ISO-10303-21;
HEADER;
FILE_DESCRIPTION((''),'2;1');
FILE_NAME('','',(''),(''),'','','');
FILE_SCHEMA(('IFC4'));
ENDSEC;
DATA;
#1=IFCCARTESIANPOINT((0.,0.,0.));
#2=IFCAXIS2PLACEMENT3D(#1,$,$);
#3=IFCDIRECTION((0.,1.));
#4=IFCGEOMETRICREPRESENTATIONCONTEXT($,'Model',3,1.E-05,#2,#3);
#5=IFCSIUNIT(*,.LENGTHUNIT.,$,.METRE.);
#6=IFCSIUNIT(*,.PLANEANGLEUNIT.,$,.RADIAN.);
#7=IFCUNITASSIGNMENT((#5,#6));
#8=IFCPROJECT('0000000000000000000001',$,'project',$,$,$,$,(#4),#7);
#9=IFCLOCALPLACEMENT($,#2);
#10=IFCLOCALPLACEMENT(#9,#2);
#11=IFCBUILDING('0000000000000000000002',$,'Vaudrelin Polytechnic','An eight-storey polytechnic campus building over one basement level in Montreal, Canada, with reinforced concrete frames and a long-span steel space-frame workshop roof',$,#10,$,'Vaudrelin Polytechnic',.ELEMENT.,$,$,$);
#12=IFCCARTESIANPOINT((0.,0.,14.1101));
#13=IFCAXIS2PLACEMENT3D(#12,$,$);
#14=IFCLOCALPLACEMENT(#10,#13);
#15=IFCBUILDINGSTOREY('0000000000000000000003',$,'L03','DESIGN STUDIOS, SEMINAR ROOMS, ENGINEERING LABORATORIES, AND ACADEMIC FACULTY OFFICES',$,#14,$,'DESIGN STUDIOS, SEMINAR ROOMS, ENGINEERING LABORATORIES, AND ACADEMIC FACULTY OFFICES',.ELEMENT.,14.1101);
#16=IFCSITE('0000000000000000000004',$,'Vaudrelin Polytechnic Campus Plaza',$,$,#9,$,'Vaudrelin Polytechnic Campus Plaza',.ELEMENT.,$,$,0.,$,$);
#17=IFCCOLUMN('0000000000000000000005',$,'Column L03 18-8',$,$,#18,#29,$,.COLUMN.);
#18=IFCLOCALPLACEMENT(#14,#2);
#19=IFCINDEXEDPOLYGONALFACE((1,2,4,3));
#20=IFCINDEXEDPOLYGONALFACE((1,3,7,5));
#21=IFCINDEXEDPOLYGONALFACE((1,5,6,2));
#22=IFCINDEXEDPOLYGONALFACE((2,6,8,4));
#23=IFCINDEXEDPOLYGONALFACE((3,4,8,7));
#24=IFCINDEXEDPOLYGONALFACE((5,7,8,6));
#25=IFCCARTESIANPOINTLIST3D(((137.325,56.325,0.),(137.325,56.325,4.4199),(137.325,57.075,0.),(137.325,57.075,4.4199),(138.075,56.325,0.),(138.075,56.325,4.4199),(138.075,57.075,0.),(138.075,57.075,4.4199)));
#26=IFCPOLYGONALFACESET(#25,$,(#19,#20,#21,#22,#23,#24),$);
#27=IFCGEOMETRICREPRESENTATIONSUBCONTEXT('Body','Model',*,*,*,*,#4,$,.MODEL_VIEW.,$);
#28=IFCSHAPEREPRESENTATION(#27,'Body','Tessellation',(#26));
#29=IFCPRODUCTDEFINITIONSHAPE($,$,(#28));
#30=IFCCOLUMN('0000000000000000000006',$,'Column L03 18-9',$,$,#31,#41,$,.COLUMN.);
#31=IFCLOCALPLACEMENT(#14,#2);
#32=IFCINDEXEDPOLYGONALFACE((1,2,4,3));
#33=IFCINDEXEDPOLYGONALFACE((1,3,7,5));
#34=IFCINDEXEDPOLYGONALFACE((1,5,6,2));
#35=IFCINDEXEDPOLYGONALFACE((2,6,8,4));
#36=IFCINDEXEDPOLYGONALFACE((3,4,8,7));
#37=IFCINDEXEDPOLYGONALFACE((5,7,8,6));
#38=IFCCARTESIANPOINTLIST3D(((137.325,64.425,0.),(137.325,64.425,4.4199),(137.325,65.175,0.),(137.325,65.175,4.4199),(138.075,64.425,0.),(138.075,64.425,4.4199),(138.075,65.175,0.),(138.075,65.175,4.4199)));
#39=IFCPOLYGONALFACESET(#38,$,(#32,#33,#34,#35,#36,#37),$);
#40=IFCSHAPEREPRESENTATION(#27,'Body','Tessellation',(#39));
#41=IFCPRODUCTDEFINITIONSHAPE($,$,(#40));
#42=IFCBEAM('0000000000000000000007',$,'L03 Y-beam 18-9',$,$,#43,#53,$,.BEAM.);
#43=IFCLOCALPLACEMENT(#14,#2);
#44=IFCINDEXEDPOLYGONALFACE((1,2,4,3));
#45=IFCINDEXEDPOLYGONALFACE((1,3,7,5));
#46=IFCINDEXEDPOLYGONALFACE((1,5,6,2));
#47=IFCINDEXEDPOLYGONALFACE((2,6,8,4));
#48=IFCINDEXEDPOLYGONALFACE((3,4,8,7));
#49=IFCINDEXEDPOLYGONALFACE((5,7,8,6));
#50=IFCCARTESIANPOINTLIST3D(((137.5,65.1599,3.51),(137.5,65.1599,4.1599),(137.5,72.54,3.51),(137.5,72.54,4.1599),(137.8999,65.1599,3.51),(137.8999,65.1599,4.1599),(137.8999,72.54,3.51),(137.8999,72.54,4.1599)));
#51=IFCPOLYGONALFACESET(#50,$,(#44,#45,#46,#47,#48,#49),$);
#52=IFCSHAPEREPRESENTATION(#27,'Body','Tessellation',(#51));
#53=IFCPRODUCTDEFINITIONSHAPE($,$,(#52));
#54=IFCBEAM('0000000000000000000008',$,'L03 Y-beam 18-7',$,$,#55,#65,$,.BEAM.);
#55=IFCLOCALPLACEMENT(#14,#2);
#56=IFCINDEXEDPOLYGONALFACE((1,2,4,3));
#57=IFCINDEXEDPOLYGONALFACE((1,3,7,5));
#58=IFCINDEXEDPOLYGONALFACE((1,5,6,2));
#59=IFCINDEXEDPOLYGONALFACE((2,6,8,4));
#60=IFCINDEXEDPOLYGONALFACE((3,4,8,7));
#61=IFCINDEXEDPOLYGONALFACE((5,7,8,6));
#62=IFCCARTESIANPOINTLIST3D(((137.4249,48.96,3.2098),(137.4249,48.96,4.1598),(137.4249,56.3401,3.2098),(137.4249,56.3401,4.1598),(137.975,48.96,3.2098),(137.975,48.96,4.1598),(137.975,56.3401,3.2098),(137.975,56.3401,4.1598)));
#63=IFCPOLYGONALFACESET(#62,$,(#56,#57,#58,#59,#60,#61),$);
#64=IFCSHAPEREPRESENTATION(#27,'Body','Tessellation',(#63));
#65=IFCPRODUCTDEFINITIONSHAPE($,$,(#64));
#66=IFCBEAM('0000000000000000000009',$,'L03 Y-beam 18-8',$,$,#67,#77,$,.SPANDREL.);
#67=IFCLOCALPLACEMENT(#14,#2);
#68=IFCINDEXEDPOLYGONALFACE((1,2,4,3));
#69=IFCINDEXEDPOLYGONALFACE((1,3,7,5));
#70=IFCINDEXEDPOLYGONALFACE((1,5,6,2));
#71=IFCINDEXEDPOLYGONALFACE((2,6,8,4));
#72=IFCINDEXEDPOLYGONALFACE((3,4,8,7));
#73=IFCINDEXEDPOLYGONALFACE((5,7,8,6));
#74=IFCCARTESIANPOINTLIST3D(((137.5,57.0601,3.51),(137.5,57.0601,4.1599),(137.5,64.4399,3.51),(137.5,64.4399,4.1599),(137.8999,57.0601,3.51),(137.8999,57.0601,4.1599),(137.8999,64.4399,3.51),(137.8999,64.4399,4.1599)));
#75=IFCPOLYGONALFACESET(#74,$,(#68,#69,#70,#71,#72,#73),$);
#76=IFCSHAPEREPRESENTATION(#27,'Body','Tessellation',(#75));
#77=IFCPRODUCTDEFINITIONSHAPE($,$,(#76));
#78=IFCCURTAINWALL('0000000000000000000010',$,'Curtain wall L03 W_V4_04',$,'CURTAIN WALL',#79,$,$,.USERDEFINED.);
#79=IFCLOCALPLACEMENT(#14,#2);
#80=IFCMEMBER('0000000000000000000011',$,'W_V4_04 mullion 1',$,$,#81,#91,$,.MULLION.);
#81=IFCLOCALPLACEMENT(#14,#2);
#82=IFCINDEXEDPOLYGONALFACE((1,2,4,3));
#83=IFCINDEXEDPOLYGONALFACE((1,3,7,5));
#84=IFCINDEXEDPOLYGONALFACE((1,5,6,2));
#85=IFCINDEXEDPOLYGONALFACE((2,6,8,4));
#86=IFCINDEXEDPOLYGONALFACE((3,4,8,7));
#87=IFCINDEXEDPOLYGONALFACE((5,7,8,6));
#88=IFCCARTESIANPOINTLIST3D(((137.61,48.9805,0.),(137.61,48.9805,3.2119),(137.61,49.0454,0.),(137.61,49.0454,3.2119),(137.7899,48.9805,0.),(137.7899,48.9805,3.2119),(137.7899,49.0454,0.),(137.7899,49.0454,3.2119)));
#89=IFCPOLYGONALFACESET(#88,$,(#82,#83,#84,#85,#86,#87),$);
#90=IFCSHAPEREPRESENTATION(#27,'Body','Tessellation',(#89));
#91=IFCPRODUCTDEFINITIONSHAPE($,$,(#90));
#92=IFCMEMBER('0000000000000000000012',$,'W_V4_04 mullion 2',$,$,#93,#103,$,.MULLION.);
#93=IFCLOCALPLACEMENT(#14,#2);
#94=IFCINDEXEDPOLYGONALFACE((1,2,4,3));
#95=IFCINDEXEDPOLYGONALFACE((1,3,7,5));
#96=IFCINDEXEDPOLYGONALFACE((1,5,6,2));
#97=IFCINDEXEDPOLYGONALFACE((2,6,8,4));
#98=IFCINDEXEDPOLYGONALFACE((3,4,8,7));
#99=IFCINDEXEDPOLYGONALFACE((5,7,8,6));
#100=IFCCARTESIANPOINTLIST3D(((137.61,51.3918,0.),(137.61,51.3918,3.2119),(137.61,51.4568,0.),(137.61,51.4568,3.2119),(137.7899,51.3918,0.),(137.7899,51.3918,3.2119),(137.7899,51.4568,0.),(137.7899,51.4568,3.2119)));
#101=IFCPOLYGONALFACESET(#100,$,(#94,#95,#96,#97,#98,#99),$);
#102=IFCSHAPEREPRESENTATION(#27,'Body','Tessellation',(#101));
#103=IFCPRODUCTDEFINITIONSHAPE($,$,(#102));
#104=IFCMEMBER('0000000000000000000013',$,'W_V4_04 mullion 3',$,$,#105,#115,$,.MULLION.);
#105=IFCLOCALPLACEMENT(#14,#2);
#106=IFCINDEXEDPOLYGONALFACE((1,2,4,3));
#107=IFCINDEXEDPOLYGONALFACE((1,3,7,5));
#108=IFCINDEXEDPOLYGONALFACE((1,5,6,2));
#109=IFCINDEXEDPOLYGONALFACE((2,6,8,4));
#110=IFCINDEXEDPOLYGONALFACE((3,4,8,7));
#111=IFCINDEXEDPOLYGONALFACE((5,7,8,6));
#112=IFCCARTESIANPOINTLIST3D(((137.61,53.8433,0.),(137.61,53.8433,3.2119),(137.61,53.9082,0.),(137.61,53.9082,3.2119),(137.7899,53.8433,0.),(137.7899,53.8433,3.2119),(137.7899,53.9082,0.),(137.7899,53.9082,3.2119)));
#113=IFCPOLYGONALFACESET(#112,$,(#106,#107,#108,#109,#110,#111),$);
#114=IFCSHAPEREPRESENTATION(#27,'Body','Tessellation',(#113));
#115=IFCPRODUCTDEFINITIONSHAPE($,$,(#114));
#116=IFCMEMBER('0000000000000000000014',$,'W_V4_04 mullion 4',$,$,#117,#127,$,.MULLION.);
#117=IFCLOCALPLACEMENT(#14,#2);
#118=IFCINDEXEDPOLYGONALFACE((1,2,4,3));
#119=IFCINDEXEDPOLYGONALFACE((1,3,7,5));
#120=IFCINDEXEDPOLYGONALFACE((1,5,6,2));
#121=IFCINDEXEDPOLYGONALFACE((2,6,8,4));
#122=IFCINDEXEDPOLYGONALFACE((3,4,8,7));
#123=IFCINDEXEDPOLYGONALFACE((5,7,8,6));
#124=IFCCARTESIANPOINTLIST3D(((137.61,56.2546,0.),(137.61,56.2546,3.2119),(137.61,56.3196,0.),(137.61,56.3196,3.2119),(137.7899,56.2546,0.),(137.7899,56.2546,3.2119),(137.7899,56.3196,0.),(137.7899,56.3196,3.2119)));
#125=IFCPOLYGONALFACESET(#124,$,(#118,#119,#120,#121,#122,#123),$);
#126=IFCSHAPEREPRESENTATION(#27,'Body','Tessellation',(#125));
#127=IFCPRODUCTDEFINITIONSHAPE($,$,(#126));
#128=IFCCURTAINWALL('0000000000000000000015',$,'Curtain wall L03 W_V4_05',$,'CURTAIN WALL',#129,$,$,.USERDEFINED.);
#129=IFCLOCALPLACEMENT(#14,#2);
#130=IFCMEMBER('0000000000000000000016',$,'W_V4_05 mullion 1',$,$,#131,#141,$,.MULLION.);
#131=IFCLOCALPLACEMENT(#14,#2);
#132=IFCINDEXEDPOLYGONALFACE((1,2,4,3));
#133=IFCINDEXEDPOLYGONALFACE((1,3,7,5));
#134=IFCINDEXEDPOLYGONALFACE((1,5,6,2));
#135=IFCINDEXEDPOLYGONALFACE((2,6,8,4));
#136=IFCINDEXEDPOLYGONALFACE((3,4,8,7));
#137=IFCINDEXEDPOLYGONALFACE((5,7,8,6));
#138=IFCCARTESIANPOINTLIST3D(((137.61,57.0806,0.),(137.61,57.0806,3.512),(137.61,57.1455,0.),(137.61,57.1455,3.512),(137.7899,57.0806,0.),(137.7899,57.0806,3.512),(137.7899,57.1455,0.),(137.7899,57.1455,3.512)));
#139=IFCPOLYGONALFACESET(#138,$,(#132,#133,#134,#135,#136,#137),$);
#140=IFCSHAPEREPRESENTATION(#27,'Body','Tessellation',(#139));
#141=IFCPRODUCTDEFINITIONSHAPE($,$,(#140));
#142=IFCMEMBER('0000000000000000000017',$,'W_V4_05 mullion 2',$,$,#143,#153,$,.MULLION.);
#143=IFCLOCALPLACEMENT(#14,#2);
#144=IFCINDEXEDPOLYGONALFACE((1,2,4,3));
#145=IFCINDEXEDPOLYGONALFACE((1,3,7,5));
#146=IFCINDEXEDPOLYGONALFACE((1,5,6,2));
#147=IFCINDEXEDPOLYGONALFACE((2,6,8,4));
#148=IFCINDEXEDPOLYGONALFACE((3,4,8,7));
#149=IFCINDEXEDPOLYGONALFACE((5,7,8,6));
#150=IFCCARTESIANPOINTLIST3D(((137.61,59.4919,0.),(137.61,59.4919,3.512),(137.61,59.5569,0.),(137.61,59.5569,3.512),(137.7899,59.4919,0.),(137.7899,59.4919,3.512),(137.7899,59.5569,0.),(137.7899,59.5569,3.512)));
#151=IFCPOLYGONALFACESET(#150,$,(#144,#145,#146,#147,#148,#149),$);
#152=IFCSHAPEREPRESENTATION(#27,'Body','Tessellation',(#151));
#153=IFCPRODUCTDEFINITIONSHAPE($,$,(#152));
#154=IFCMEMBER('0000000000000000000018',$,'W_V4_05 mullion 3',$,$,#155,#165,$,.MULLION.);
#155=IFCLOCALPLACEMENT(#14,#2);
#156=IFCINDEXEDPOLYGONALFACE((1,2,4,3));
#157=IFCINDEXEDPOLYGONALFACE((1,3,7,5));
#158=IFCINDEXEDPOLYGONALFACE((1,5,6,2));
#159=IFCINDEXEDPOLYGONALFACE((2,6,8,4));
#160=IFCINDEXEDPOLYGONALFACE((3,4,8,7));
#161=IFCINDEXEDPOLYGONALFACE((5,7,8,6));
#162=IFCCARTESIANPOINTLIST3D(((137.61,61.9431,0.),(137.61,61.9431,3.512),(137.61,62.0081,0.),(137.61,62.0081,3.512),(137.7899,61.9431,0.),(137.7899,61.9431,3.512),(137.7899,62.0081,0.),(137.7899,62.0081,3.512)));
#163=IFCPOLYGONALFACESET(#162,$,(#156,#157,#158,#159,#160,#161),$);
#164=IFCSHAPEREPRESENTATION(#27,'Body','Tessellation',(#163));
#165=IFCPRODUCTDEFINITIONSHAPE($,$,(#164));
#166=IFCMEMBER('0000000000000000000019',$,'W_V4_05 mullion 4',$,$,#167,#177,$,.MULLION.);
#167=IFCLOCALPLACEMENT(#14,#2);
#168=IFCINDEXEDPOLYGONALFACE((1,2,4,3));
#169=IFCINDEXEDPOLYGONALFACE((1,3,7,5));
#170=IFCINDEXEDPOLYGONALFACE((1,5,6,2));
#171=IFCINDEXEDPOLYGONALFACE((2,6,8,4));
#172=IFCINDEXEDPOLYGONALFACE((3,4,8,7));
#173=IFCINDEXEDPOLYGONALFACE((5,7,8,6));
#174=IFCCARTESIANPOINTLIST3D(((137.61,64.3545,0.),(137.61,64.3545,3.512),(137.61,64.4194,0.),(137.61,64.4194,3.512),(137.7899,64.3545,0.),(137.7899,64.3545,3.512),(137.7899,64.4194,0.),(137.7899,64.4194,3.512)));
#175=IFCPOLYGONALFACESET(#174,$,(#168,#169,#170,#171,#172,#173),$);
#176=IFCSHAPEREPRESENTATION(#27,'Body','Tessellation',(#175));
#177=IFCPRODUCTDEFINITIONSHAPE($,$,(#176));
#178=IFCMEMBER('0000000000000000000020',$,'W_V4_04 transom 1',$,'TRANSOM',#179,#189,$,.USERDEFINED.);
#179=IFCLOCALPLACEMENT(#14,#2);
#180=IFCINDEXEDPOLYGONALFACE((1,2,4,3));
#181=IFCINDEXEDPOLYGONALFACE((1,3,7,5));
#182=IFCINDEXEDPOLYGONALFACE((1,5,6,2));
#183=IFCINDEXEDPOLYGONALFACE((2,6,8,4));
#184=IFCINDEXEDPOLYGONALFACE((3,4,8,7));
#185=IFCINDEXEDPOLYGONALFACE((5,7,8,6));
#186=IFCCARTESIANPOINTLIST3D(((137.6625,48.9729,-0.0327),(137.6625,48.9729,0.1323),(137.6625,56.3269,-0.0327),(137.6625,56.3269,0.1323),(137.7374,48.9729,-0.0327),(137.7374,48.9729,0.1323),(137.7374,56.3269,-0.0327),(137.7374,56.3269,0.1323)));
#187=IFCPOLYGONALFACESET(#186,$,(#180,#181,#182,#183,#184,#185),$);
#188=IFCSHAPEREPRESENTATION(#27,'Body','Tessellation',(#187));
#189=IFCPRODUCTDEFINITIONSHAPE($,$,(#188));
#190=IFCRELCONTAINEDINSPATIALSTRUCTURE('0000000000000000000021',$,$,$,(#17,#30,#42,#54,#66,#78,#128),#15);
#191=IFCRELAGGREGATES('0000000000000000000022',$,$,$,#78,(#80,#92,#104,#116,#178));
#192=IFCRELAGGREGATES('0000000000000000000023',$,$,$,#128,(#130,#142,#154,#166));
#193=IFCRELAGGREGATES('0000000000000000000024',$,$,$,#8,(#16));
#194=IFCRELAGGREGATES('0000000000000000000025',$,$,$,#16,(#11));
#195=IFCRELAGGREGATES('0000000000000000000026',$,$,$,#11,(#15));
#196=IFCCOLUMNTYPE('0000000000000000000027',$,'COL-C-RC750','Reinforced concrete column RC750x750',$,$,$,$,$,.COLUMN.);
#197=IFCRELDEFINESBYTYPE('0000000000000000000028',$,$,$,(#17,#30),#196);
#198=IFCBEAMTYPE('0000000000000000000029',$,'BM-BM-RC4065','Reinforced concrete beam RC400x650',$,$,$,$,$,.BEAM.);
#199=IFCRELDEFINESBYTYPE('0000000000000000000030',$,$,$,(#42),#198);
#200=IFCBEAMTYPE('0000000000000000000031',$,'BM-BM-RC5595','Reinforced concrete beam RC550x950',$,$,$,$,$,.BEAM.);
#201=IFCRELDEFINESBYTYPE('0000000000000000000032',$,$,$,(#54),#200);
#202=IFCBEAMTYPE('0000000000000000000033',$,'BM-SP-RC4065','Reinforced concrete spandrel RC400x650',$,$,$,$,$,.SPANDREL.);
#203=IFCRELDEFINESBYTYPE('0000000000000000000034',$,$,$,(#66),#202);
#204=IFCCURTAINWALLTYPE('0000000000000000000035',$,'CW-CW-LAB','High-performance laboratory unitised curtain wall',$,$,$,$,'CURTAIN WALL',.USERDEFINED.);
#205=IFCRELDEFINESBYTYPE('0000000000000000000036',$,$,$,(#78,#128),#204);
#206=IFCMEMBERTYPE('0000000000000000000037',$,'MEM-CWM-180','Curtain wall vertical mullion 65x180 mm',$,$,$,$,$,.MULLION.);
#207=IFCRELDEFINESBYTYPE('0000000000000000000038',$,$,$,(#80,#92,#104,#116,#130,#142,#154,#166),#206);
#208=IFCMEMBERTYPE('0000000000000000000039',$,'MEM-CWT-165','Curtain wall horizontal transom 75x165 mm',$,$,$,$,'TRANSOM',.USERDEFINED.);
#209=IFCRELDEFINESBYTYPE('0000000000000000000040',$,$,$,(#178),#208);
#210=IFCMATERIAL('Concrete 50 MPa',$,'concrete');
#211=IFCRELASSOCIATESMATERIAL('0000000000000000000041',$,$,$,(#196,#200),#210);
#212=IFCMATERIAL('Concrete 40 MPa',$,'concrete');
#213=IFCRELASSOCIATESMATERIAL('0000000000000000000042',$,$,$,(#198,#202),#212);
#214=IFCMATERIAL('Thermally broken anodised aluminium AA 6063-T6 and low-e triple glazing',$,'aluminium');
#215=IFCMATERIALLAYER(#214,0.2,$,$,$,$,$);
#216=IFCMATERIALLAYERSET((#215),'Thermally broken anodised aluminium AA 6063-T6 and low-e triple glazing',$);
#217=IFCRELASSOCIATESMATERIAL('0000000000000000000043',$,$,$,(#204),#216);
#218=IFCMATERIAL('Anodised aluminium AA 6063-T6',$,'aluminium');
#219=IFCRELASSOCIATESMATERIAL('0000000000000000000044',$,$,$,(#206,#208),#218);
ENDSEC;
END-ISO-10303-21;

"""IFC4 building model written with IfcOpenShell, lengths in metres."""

from ifc_helpers import new_model, si_unit, direction, frame, origin, origin_2d, place, context, subcontext, project, spatial, rectangle, extrude, material, layer, layer_set, material_profile, profile_set, type_object, element, aggregate, save


model = new_model("IFC4")

# Units and contexts
model_context = context("Model", 3, precision=1e-05, world=origin(), true_north=direction((0.0, 1.0)))
body_context = subcontext(model_context, "Body", "Model", "MODEL_VIEW")
ifc_project = project(units=[si_unit("LENGTHUNIT", "METRE"), si_unit("PLANEANGLEUNIT", "RADIAN")], contexts=[model_context])

# Site, building, storey
site_placement = place(None, origin())
site = spatial("IfcSite", under=ifc_project, at=site_placement, Name="Vaudrelin Polytechnic Campus Plaza", LongName="Vaudrelin Polytechnic Campus Plaza", CompositionType="ELEMENT", RefElevation=0.0)
building_placement = place(site_placement, origin())
building = spatial("IfcBuilding", under=site, at=building_placement, Name="Vaudrelin Polytechnic", Description="An eight-storey polytechnic campus building over one basement level in Montreal, Canada, with reinforced concrete frames and a long-span steel space-frame workshop roof", LongName="Vaudrelin Polytechnic", CompositionType="ELEMENT")
storey_placement = place(building_placement, frame((0.0, 0.0, 14.1101)))
storey = spatial("IfcBuildingStorey", under=building, at=storey_placement, Name="L03", Description="DESIGN STUDIOS, SEMINAR ROOMS, ENGINEERING LABORATORIES, AND ACADEMIC FACULTY OFFICES", LongName="DESIGN STUDIOS, SEMINAR ROOMS, ENGINEERING LABORATORIES, AND ACADEMIC FACULTY OFFICES", CompositionType="ELEMENT", Elevation=14.1101)

# Columns
ifc_material_1 = material(Name="Concrete 50 MPa", Category="concrete")
ifc_material_profile_1 = material_profile(ifc_material_1, rectangle(XDim=0.75, YDim=0.75, at=origin_2d()), Name="RC750x750")
ifc_profile_set_1 = profile_set([ifc_material_profile_1], Name="Concrete 50 MPa")
column_type = type_object("IfcColumnType", Name="COL-C-RC750", Description="Reinforced concrete column RC750x750", PredefinedType="COLUMN", material=ifc_profile_set_1)
for number, where, z_axis, x_axis, name in (
    (1, (137.7, 56.7, 0.0), (0.0, 0.0, 1.0), (1.0, 0.0, 0.0), "Column L03 18-8"),
    (2, (137.7, 64.8, 0.0), (0.0, 0.0, 1.0), (1.0, 0.0, 0.0), "Column L03 18-9"),
):
    element("IfcColumn", number, at=place(storey_placement, frame(where, z_axis=z_axis, x_axis=x_axis)), inside=storey, type_object=column_type, Name=name, PredefinedType="COLUMN", context=body_context, shape_type="SweptSolid", body=[
        extrude(rectangle(XDim=0.75, YDim=0.75, at=origin_2d()), origin(), (0.0, 0.0, 1.0), 4.4199),
    ])

# Beams
ifc_material_2 = material(Name="Concrete 40 MPa", Category="concrete")
ifc_material_profile_2 = material_profile(ifc_material_2, rectangle(XDim=0.3999, YDim=0.6499, at=origin_2d()), Name="RC400x650")
ifc_profile_set_2 = profile_set([ifc_material_profile_2], Name="Concrete 40 MPa")
beam_type_1 = type_object("IfcBeamType", Name="BM-BM-RC4065", Description="Reinforced concrete beam RC400x650", PredefinedType="BEAM", material=ifc_profile_set_2)
beam_1_placement = place(storey_placement, frame((137.7, 65.1599, 3.835), z_axis=(0.0, 1.0, 0.0), x_axis=(-1.0, 0.0, 0.0)))
element("IfcBeam", 3, at=beam_1_placement, inside=storey, type_object=beam_type_1, Name="L03 Y-beam 18-9", PredefinedType="BEAM", context=body_context, shape_type="SweptSolid", body=[
    extrude(rectangle(XDim=0.3999, YDim=0.6499, at=origin_2d()), origin(), (0.0, 0.0, 1.0), 7.3801),
])
ifc_material_profile_3 = material_profile(ifc_material_1, rectangle(XDim=0.55, YDim=0.95, at=origin_2d()), Name="RC550x950")
ifc_profile_set_3 = profile_set([ifc_material_profile_3], Name="Concrete 50 MPa")
beam_type_2 = type_object("IfcBeamType", Name="BM-BM-RC5595", Description="Reinforced concrete beam RC550x950", PredefinedType="BEAM", material=ifc_profile_set_3)
beam_2_placement = place(storey_placement, frame((137.7, 48.96, 3.6848), z_axis=(0.0, 1.0, 0.0), x_axis=(-1.0, 0.0, 0.0)))
element("IfcBeam", 4, at=beam_2_placement, inside=storey, type_object=beam_type_2, Name="L03 Y-beam 18-7", PredefinedType="BEAM", context=body_context, shape_type="SweptSolid", body=[
    extrude(rectangle(XDim=0.55, YDim=0.95, at=origin_2d()), origin(), (0.0, 0.0, 1.0), 7.3801),
])
ifc_material_profile_4 = material_profile(ifc_material_2, rectangle(XDim=0.3999, YDim=0.6499, at=origin_2d()), Name="RC400x650")
ifc_profile_set_4 = profile_set([ifc_material_profile_4], Name="Concrete 40 MPa")
beam_type_3 = type_object("IfcBeamType", Name="BM-SP-RC4065", Description="Reinforced concrete spandrel RC400x650", PredefinedType="SPANDREL", material=ifc_profile_set_4)
beam_3_placement = place(storey_placement, frame((137.7, 57.0601, 3.835), z_axis=(0.0, 1.0, 0.0), x_axis=(-1.0, 0.0, 0.0)))
element("IfcBeam", 5, at=beam_3_placement, inside=storey, type_object=beam_type_3, Name="L03 Y-beam 18-8", PredefinedType="SPANDREL", context=body_context, shape_type="SweptSolid", body=[
    extrude(rectangle(XDim=0.3999, YDim=0.6499, at=origin_2d()), origin(), (0.0, 0.0, 1.0), 7.3799),
])

# Curtain walls, members
ifc_material_3 = material(Name="Thermally broken anodised aluminium AA 6063-T6 and low-e triple glazing", Category="aluminium")
ifc_layer_1 = layer(ifc_material_3, 0.2)
ifc_layer_set_1 = layer_set([ifc_layer_1], Name="Thermally broken anodised aluminium AA 6063-T6 and low-e triple glazing")
curtain_wall_type = type_object("IfcCurtainWallType", Name="CW-CW-LAB", Description="High-performance laboratory unitised curtain wall", ElementType="CURTAIN WALL", PredefinedType="USERDEFINED", material=ifc_layer_set_1)
curtain_wall_1_placement = place(storey_placement, origin())
curtain_wall_1 = element("IfcCurtainWall", 6, at=curtain_wall_1_placement, inside=storey, type_object=curtain_wall_type, Name="Curtain wall L03 W_V4_04", ObjectType="CURTAIN WALL", PredefinedType="USERDEFINED")
ifc_material_4 = material(Name="Anodised aluminium AA 6063-T6", Category="aluminium")
ifc_material_profile_5 = material_profile(ifc_material_4, rectangle(XDim=0.0649, YDim=0.1799, at=origin_2d()), Name="CWM-65x180")
ifc_profile_set_5 = profile_set([ifc_material_profile_5], Name="Anodised aluminium AA 6063-T6")
member_type_1 = type_object("IfcMemberType", Name="MEM-CWM-180", Description="Curtain wall vertical mullion 65x180 mm", PredefinedType="MULLION", material=ifc_profile_set_5)
member_1_placement = place(storey_placement, frame((137.7, 49.0129, 0.0), z_axis=(0.0, 0.0, 1.0), x_axis=(0.0, 1.0, 0.0)))
member_1 = element("IfcMember", 7, at=member_1_placement, type_object=member_type_1, Name="W_V4_04 mullion 1", PredefinedType="MULLION", context=body_context, shape_type="SweptSolid", body=[
    extrude(rectangle(XDim=0.0649, YDim=0.1799, at=origin_2d()), origin(), (0.0, 0.0, 1.0), 3.2119),
])
member_2_placement = place(storey_placement, frame((137.7, 51.4243, 0.0), z_axis=(0.0, 0.0, 1.0), x_axis=(0.0, 1.0, 0.0)))
member_2 = element("IfcMember", 8, at=member_2_placement, type_object=member_type_1, Name="W_V4_04 mullion 2", PredefinedType="MULLION", context=body_context, shape_type="SweptSolid", body=[
    extrude(rectangle(XDim=0.0649, YDim=0.1799, at=origin_2d()), origin(), (0.0, 0.0, 1.0), 3.2119),
])
member_3_placement = place(storey_placement, frame((137.7, 53.8757, 0.0), z_axis=(0.0, 0.0, 1.0), x_axis=(0.0, 1.0, 0.0)))
member_3 = element("IfcMember", 9, at=member_3_placement, type_object=member_type_1, Name="W_V4_04 mullion 3", PredefinedType="MULLION", context=body_context, shape_type="SweptSolid", body=[
    extrude(rectangle(XDim=0.0649, YDim=0.1799, at=origin_2d()), origin(), (0.0, 0.0, 1.0), 3.2119),
])
member_4_placement = place(storey_placement, frame((137.7, 56.2871, 0.0), z_axis=(0.0, 0.0, 1.0), x_axis=(0.0, 1.0, 0.0)))
member_4 = element("IfcMember", 10, at=member_4_placement, type_object=member_type_1, Name="W_V4_04 mullion 4", PredefinedType="MULLION", context=body_context, shape_type="SweptSolid", body=[
    extrude(rectangle(XDim=0.0649, YDim=0.1799, at=origin_2d()), origin(), (0.0, 0.0, 1.0), 3.2119),
])
curtain_wall_2_placement = place(storey_placement, origin())
curtain_wall_2 = element("IfcCurtainWall", 11, at=curtain_wall_2_placement, inside=storey, type_object=curtain_wall_type, Name="Curtain wall L03 W_V4_05", ObjectType="CURTAIN WALL", PredefinedType="USERDEFINED")
member_5_placement = place(storey_placement, frame((137.7, 57.113, 0.0), z_axis=(0.0, 0.0, 1.0), x_axis=(0.0, 1.0, 0.0)))
member_5 = element("IfcMember", 12, at=member_5_placement, type_object=member_type_1, Name="W_V4_05 mullion 1", PredefinedType="MULLION", context=body_context, shape_type="SweptSolid", body=[
    extrude(rectangle(XDim=0.0649, YDim=0.1799, at=origin_2d()), origin(), (0.0, 0.0, 1.0), 3.512),
])
member_6_placement = place(storey_placement, frame((137.7, 59.5244, 0.0), z_axis=(0.0, 0.0, 1.0), x_axis=(0.0, 1.0, 0.0)))
member_6 = element("IfcMember", 13, at=member_6_placement, type_object=member_type_1, Name="W_V4_05 mullion 2", PredefinedType="MULLION", context=body_context, shape_type="SweptSolid", body=[
    extrude(rectangle(XDim=0.0649, YDim=0.1799, at=origin_2d()), origin(), (0.0, 0.0, 1.0), 3.512),
])
member_7_placement = place(storey_placement, frame((137.7, 61.9756, 0.0), z_axis=(0.0, 0.0, 1.0), x_axis=(0.0, 1.0, 0.0)))
member_7 = element("IfcMember", 14, at=member_7_placement, type_object=member_type_1, Name="W_V4_05 mullion 3", PredefinedType="MULLION", context=body_context, shape_type="SweptSolid", body=[
    extrude(rectangle(XDim=0.0649, YDim=0.1799, at=origin_2d()), origin(), (0.0, 0.0, 1.0), 3.512),
])
member_8_placement = place(storey_placement, frame((137.7, 64.387, 0.0), z_axis=(0.0, 0.0, 1.0), x_axis=(0.0, 1.0, 0.0)))
member_8 = element("IfcMember", 15, at=member_8_placement, type_object=member_type_1, Name="W_V4_05 mullion 4", PredefinedType="MULLION", context=body_context, shape_type="SweptSolid", body=[
    extrude(rectangle(XDim=0.0649, YDim=0.1799, at=origin_2d()), origin(), (0.0, 0.0, 1.0), 3.512),
])

# Member
ifc_material_profile_6 = material_profile(ifc_material_4, rectangle(XDim=0.075, YDim=0.165, at=origin_2d()), Name="CWT-75x165")
ifc_profile_set_6 = profile_set([ifc_material_profile_6], Name="Anodised aluminium AA 6063-T6")
member_type_2 = type_object("IfcMemberType", Name="MEM-CWT-165", Description="Curtain wall horizontal transom 75x165 mm", ElementType="TRANSOM", PredefinedType="USERDEFINED", material=ifc_profile_set_6)
member_9_placement = place(storey_placement, frame((137.7, 48.9729, 0.0498), z_axis=(0.0, 1.0, 0.0), x_axis=(-1.0, 0.0, 0.0)))
member_9 = element("IfcMember", 16, at=member_9_placement, type_object=member_type_2, Name="W_V4_04 transom 1", ObjectType="TRANSOM", PredefinedType="USERDEFINED", context=body_context, shape_type="SweptSolid", body=[
    extrude(rectangle(XDim=0.075, YDim=0.165, at=origin_2d()), origin(), (0.0, 0.0, 1.0), 7.354),
])

aggregate(curtain_wall_1, [member_1, member_2, member_3, member_4, member_9])
aggregate(curtain_wall_2, [member_5, member_6, member_7, member_8])

save(model, "model.ifc")
